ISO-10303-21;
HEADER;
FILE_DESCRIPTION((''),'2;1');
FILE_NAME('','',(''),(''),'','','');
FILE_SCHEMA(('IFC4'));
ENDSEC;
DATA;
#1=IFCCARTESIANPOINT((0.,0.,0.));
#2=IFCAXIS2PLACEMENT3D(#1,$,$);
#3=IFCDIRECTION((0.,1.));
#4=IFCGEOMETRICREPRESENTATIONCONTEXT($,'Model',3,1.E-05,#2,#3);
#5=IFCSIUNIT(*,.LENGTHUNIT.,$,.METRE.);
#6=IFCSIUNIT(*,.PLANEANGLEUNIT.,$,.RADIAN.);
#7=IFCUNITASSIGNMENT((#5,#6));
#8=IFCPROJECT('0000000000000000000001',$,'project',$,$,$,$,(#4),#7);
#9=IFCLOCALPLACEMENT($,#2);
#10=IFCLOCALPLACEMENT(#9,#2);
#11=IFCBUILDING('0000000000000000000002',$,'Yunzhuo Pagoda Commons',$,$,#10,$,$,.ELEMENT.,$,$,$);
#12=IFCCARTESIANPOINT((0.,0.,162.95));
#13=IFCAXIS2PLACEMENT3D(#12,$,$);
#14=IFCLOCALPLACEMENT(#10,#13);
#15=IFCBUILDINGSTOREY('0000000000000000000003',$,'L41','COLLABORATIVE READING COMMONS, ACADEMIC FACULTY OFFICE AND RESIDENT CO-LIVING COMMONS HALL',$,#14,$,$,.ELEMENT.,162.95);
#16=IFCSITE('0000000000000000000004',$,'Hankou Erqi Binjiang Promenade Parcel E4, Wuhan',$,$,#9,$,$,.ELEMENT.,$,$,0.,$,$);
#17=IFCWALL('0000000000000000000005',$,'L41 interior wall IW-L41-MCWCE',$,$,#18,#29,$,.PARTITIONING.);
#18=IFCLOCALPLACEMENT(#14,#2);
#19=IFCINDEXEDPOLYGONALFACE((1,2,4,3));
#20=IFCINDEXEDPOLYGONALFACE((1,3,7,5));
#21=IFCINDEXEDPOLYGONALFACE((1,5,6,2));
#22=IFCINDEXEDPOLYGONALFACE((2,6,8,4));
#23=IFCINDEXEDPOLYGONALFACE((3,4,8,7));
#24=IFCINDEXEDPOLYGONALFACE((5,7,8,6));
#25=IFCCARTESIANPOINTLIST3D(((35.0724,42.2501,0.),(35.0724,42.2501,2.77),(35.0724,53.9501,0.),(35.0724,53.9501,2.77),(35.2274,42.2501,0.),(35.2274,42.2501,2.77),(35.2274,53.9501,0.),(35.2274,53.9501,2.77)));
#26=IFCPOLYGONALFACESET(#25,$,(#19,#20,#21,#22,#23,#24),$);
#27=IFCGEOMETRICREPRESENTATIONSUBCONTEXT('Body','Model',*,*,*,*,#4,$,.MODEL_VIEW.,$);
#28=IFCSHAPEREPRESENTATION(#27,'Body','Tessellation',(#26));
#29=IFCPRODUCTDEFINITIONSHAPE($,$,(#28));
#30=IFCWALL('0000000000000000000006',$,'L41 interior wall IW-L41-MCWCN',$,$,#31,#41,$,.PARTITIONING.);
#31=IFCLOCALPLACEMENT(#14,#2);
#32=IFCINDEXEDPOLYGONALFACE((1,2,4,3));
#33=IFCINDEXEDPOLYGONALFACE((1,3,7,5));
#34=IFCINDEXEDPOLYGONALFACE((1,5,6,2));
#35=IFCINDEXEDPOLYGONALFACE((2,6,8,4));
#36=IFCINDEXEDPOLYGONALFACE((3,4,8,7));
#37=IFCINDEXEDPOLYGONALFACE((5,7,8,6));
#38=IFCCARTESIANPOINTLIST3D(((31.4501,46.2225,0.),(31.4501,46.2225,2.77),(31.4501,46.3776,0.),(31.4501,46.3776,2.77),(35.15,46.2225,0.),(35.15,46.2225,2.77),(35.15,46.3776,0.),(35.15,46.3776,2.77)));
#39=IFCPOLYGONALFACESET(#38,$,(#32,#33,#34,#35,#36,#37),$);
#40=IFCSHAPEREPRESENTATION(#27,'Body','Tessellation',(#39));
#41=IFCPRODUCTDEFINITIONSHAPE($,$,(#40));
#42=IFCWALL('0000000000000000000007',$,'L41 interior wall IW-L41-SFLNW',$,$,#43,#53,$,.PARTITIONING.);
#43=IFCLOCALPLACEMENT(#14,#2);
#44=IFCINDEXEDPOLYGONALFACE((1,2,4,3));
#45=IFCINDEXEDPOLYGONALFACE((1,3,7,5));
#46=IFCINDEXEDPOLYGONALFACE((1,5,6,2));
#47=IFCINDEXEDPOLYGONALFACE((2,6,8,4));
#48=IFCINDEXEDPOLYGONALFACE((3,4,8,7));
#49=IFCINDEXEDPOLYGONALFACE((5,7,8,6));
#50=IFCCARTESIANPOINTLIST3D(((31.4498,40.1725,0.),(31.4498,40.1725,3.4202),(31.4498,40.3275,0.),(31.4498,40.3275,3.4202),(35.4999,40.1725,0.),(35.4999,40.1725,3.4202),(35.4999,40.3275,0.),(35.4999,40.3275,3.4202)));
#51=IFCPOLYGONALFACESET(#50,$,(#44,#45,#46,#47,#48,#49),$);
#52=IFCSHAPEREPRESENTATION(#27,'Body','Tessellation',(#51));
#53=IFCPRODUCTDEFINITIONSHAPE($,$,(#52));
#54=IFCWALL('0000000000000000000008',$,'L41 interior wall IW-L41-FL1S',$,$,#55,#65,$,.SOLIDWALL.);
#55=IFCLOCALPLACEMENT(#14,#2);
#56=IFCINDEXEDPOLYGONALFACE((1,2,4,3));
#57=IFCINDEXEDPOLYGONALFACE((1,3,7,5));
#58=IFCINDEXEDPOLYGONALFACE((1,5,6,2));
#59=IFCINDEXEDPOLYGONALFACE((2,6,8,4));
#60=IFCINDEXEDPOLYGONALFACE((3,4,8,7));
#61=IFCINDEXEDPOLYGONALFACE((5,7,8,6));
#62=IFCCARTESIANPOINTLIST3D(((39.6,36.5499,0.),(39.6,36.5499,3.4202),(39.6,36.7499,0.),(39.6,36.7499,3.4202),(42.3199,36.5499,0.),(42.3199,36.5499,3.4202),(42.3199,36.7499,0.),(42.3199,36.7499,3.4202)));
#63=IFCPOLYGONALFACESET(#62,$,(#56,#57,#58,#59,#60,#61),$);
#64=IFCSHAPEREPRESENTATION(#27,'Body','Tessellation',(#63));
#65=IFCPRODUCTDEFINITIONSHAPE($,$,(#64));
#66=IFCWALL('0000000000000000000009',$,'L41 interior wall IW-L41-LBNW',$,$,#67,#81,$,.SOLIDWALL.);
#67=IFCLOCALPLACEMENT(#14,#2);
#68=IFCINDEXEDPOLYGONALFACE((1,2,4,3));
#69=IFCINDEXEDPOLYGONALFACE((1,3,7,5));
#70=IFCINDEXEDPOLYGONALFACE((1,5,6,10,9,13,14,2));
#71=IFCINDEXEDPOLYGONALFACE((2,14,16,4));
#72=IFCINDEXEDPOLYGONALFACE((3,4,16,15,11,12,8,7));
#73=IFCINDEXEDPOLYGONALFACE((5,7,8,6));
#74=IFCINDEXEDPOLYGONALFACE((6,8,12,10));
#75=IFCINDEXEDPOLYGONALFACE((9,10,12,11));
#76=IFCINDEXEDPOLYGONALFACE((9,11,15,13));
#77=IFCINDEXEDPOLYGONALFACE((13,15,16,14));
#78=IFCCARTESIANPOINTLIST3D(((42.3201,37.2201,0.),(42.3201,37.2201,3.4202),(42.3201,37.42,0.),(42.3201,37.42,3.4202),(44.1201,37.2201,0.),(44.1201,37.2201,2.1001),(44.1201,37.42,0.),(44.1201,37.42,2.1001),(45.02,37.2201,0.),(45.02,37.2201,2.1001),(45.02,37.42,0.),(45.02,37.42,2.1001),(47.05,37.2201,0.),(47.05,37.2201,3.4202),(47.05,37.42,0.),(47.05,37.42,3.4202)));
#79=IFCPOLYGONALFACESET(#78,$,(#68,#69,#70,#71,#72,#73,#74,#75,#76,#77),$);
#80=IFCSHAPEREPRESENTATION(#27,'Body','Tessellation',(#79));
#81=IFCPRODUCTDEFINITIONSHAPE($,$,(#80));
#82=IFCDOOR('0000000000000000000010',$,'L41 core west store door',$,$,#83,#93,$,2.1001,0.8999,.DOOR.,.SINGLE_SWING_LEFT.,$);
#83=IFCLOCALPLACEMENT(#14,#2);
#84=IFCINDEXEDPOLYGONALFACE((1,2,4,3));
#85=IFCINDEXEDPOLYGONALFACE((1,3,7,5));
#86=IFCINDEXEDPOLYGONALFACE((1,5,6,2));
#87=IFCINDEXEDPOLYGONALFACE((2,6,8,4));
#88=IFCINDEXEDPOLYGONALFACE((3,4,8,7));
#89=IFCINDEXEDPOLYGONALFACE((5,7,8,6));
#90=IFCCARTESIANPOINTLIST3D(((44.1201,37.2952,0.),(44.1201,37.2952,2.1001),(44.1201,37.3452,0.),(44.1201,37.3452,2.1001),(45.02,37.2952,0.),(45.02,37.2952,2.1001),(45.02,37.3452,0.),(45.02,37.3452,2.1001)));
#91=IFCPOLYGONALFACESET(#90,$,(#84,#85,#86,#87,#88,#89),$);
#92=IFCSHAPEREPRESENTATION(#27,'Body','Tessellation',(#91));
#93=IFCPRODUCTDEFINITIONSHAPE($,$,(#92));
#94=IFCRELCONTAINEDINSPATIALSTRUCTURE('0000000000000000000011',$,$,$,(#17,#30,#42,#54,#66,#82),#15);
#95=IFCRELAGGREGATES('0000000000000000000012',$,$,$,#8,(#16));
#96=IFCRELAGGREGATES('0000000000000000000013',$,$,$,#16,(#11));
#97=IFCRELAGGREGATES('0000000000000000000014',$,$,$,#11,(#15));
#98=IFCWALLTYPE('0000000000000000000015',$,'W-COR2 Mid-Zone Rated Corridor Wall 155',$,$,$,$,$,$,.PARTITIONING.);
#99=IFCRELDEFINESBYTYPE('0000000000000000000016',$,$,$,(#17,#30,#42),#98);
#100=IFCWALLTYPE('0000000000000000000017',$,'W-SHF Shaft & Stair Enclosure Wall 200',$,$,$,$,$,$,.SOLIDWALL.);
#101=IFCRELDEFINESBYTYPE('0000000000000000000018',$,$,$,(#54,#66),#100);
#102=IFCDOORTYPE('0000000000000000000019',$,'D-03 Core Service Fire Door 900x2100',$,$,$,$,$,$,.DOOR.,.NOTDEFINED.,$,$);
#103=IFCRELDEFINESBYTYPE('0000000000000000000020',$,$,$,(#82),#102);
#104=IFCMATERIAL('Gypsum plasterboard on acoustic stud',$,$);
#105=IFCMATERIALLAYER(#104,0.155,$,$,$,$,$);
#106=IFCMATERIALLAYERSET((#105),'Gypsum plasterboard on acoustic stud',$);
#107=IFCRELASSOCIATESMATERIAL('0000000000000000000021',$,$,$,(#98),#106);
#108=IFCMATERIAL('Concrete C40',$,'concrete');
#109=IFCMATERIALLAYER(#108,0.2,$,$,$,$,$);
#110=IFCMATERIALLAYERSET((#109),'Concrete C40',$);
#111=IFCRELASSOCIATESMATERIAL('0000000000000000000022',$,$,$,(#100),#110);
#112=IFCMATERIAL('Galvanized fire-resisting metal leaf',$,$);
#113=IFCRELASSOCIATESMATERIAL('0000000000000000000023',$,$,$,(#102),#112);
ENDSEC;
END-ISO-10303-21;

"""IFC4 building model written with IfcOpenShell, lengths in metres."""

from ifc_helpers import new_model, si_unit, direction, frame, frame_2d, origin, place, context, subcontext, project, spatial, rectangle, extrude, source, transform, mapped, material, layer, layer_set, type_object, element, fill, save


model = new_model("IFC4")

# Units and contexts
model_context = context("Model", 3, precision=1e-05, world=origin(), true_north=direction((0.0, 1.0)))
body_context = subcontext(model_context, "Body", "Model", "MODEL_VIEW")
ifc_project = project(units=[si_unit("LENGTHUNIT", "METRE"), si_unit("PLANEANGLEUNIT", "RADIAN")], contexts=[model_context])

# Site, building, storey
site_placement = place(None, origin())
site = spatial("IfcSite", under=ifc_project, at=site_placement, Name="Hankou Erqi Binjiang Promenade Parcel E4, Wuhan", CompositionType="ELEMENT", RefElevation=0.0)
building_placement = place(site_placement, origin())
building = spatial("IfcBuilding", under=site, at=building_placement, Name="Yunzhuo Pagoda Commons", CompositionType="ELEMENT")
storey_placement = place(building_placement, frame((0.0, 0.0, 162.95)))
storey = spatial("IfcBuildingStorey", under=building, at=storey_placement, Name="L41", Description="COLLABORATIVE READING COMMONS, ACADEMIC FACULTY OFFICE AND RESIDENT CO-LIVING COMMONS HALL", CompositionType="ELEMENT", Elevation=162.95)

# Shared definitions
ifc_material_1 = material(Name="Galvanized fire-resisting metal leaf")

# Shared definitions
ifc_material_2 = material(Name="Gypsum plasterboard on acoustic stud")
ifc_layer_1 = layer(ifc_material_2, 0.155)
ifc_layer_set_1 = layer_set([ifc_layer_1], Name="Gypsum plasterboard on acoustic stud")
wall_type_1 = type_object("IfcWallType", Name="W-COR2 Mid-Zone Rated Corridor Wall 155", PredefinedType="PARTITIONING", material=ifc_layer_set_1)

# Walls
wall_1_placement = place(storey_placement, frame((35.1499, 42.25, 0.0), z_axis=(0.0, 0.0, 1.0), x_axis=(0.0, 1.0, 0.0)))
element("IfcWall", 1, at=wall_1_placement, inside=storey, type_object=wall_type_1, Name="L41 interior wall IW-L41-MCWCE", PredefinedType="PARTITIONING", context=body_context, shape_type="SweptSolid", body=[
    extrude(rectangle(XDim=11.7, YDim=0.155, at=frame_2d((5.8501, 0.0))), origin(), (0.0, 0.0, 1.0), 2.77),
])
wall_2_placement = place(storey_placement, frame((31.45, 46.3, 0.0), z_axis=(0.0, 0.0, 1.0), x_axis=(1.0, 0.0, 0.0)))
element("IfcWall", 2, at=wall_2_placement, inside=storey, type_object=wall_type_1, Name="L41 interior wall IW-L41-MCWCN", PredefinedType="PARTITIONING", context=body_context, shape_type="SweptSolid", body=[
    extrude(rectangle(XDim=3.7, YDim=0.155, at=frame_2d((1.8501, 0.0))), origin(), (0.0, 0.0, 1.0), 2.77),
])
wall_3_placement = place(storey_placement, frame((31.45, 40.25, 0.0), z_axis=(0.0, 0.0, 1.0), x_axis=(1.0, 0.0, 0.0)))
element("IfcWall", 3, at=wall_3_placement, inside=storey, type_object=wall_type_1, Name="L41 interior wall IW-L41-SFLNW", PredefinedType="PARTITIONING", context=body_context, shape_type="SweptSolid", body=[
    extrude(rectangle(XDim=4.05, YDim=0.155, at=frame_2d((2.0249, 0.0))), origin(), (0.0, 0.0, 1.0), 3.4202),
])
ifc_material_3 = material(Name="Concrete C40", Category="concrete")
ifc_layer_2 = layer(ifc_material_3, 0.2)
ifc_layer_set_2 = layer_set([ifc_layer_2], Name="Concrete C40")
wall_type_2 = type_object("IfcWallType", Name="W-SHF Shaft & Stair Enclosure Wall 200", PredefinedType="SOLIDWALL", material=ifc_layer_set_2)
wall_4_placement = place(storey_placement, frame((39.6001, 36.6499, 0.0), z_axis=(0.0, 0.0, 1.0), x_axis=(1.0, 0.0, 0.0)))
element("IfcWall", 4, at=wall_4_placement, inside=storey, type_object=wall_type_2, Name="L41 interior wall IW-L41-FL1S", PredefinedType="SOLIDWALL", context=body_context, shape_type="SweptSolid", body=[
    extrude(rectangle(XDim=2.72, YDim=0.2, at=frame_2d((1.3599, 0.0))), origin(), (0.0, 0.0, 1.0), 3.4202),
])

# Wall, opening, door
wall_5_placement = place(storey_placement, frame((42.3201, 37.3201, 0.0), z_axis=(0.0, 0.0, 1.0), x_axis=(1.0, 0.0, 0.0)))
wall_5 = element("IfcWall", 5, at=wall_5_placement, inside=storey, type_object=wall_type_2, Name="L41 interior wall IW-L41-LBNW", PredefinedType="SOLIDWALL", context=body_context, shape_type="SweptSolid", body=[
    extrude(rectangle(XDim=4.73, YDim=0.2, at=frame_2d((2.365, 0.0))), origin(), (0.0, 0.0, 1.0), 3.4202),
])
opening_1_placement = place(wall_5_placement, frame((1.8, 0.0, 0.0)))
opening_1 = element("IfcOpeningElement", 6, at=opening_1_placement, cuts=wall_5, PredefinedType="OPENING", context=body_context, shape_type="SweptSolid", body=[
    extrude(rectangle(XDim=0.8999, YDim=2.1001, at=frame_2d((0.45, 1.05))), frame((0.0, 0.1099, 0.0), z_axis=(0.0, -1.0, 0.0), x_axis=(1.0, 0.0, 0.0)), (0.0, 0.0, 1.0), 0.22),
])
door_type_1 = type_object("IfcDoorType", Name="D-03 Core Service Fire Door 900x2100", OperationType="NOTDEFINED", PredefinedType="DOOR", material=ifc_material_1)
shared_shape_1 = source(origin(), body_context, "Body", "SweptSolid", [
    extrude(rectangle(XDim=0.8999, YDim=2.1001, at=frame_2d((0.45, 1.05))), frame((0.0, 0.0249, 0.0), z_axis=(0.0, -1.0, 0.0), x_axis=(1.0, 0.0, 0.0)), (0.0, 0.0, 1.0), 0.05),
])
door_1_placement = place(opening_1_placement, frame((0.8999, 0.0, 0.0), z_axis=(0.0, 0.0, 1.0), x_axis=(-1.0, 0.0, 0.0)))
door_1 = element("IfcDoor", 7, at=door_1_placement, inside=storey, type_object=door_type_1, Name="L41 core west store door", OperationType="SINGLE_SWING_LEFT", OverallHeight=2.1001, OverallWidth=0.8999, PredefinedType="DOOR", context=body_context, shape_type="MappedRepresentation", body=[
    mapped(shared_shape_1, transform((0.0, 0.0, 0.0), scale=1.0)),
])
fill(opening_1, door_1)

save(model, "model.ifc")
